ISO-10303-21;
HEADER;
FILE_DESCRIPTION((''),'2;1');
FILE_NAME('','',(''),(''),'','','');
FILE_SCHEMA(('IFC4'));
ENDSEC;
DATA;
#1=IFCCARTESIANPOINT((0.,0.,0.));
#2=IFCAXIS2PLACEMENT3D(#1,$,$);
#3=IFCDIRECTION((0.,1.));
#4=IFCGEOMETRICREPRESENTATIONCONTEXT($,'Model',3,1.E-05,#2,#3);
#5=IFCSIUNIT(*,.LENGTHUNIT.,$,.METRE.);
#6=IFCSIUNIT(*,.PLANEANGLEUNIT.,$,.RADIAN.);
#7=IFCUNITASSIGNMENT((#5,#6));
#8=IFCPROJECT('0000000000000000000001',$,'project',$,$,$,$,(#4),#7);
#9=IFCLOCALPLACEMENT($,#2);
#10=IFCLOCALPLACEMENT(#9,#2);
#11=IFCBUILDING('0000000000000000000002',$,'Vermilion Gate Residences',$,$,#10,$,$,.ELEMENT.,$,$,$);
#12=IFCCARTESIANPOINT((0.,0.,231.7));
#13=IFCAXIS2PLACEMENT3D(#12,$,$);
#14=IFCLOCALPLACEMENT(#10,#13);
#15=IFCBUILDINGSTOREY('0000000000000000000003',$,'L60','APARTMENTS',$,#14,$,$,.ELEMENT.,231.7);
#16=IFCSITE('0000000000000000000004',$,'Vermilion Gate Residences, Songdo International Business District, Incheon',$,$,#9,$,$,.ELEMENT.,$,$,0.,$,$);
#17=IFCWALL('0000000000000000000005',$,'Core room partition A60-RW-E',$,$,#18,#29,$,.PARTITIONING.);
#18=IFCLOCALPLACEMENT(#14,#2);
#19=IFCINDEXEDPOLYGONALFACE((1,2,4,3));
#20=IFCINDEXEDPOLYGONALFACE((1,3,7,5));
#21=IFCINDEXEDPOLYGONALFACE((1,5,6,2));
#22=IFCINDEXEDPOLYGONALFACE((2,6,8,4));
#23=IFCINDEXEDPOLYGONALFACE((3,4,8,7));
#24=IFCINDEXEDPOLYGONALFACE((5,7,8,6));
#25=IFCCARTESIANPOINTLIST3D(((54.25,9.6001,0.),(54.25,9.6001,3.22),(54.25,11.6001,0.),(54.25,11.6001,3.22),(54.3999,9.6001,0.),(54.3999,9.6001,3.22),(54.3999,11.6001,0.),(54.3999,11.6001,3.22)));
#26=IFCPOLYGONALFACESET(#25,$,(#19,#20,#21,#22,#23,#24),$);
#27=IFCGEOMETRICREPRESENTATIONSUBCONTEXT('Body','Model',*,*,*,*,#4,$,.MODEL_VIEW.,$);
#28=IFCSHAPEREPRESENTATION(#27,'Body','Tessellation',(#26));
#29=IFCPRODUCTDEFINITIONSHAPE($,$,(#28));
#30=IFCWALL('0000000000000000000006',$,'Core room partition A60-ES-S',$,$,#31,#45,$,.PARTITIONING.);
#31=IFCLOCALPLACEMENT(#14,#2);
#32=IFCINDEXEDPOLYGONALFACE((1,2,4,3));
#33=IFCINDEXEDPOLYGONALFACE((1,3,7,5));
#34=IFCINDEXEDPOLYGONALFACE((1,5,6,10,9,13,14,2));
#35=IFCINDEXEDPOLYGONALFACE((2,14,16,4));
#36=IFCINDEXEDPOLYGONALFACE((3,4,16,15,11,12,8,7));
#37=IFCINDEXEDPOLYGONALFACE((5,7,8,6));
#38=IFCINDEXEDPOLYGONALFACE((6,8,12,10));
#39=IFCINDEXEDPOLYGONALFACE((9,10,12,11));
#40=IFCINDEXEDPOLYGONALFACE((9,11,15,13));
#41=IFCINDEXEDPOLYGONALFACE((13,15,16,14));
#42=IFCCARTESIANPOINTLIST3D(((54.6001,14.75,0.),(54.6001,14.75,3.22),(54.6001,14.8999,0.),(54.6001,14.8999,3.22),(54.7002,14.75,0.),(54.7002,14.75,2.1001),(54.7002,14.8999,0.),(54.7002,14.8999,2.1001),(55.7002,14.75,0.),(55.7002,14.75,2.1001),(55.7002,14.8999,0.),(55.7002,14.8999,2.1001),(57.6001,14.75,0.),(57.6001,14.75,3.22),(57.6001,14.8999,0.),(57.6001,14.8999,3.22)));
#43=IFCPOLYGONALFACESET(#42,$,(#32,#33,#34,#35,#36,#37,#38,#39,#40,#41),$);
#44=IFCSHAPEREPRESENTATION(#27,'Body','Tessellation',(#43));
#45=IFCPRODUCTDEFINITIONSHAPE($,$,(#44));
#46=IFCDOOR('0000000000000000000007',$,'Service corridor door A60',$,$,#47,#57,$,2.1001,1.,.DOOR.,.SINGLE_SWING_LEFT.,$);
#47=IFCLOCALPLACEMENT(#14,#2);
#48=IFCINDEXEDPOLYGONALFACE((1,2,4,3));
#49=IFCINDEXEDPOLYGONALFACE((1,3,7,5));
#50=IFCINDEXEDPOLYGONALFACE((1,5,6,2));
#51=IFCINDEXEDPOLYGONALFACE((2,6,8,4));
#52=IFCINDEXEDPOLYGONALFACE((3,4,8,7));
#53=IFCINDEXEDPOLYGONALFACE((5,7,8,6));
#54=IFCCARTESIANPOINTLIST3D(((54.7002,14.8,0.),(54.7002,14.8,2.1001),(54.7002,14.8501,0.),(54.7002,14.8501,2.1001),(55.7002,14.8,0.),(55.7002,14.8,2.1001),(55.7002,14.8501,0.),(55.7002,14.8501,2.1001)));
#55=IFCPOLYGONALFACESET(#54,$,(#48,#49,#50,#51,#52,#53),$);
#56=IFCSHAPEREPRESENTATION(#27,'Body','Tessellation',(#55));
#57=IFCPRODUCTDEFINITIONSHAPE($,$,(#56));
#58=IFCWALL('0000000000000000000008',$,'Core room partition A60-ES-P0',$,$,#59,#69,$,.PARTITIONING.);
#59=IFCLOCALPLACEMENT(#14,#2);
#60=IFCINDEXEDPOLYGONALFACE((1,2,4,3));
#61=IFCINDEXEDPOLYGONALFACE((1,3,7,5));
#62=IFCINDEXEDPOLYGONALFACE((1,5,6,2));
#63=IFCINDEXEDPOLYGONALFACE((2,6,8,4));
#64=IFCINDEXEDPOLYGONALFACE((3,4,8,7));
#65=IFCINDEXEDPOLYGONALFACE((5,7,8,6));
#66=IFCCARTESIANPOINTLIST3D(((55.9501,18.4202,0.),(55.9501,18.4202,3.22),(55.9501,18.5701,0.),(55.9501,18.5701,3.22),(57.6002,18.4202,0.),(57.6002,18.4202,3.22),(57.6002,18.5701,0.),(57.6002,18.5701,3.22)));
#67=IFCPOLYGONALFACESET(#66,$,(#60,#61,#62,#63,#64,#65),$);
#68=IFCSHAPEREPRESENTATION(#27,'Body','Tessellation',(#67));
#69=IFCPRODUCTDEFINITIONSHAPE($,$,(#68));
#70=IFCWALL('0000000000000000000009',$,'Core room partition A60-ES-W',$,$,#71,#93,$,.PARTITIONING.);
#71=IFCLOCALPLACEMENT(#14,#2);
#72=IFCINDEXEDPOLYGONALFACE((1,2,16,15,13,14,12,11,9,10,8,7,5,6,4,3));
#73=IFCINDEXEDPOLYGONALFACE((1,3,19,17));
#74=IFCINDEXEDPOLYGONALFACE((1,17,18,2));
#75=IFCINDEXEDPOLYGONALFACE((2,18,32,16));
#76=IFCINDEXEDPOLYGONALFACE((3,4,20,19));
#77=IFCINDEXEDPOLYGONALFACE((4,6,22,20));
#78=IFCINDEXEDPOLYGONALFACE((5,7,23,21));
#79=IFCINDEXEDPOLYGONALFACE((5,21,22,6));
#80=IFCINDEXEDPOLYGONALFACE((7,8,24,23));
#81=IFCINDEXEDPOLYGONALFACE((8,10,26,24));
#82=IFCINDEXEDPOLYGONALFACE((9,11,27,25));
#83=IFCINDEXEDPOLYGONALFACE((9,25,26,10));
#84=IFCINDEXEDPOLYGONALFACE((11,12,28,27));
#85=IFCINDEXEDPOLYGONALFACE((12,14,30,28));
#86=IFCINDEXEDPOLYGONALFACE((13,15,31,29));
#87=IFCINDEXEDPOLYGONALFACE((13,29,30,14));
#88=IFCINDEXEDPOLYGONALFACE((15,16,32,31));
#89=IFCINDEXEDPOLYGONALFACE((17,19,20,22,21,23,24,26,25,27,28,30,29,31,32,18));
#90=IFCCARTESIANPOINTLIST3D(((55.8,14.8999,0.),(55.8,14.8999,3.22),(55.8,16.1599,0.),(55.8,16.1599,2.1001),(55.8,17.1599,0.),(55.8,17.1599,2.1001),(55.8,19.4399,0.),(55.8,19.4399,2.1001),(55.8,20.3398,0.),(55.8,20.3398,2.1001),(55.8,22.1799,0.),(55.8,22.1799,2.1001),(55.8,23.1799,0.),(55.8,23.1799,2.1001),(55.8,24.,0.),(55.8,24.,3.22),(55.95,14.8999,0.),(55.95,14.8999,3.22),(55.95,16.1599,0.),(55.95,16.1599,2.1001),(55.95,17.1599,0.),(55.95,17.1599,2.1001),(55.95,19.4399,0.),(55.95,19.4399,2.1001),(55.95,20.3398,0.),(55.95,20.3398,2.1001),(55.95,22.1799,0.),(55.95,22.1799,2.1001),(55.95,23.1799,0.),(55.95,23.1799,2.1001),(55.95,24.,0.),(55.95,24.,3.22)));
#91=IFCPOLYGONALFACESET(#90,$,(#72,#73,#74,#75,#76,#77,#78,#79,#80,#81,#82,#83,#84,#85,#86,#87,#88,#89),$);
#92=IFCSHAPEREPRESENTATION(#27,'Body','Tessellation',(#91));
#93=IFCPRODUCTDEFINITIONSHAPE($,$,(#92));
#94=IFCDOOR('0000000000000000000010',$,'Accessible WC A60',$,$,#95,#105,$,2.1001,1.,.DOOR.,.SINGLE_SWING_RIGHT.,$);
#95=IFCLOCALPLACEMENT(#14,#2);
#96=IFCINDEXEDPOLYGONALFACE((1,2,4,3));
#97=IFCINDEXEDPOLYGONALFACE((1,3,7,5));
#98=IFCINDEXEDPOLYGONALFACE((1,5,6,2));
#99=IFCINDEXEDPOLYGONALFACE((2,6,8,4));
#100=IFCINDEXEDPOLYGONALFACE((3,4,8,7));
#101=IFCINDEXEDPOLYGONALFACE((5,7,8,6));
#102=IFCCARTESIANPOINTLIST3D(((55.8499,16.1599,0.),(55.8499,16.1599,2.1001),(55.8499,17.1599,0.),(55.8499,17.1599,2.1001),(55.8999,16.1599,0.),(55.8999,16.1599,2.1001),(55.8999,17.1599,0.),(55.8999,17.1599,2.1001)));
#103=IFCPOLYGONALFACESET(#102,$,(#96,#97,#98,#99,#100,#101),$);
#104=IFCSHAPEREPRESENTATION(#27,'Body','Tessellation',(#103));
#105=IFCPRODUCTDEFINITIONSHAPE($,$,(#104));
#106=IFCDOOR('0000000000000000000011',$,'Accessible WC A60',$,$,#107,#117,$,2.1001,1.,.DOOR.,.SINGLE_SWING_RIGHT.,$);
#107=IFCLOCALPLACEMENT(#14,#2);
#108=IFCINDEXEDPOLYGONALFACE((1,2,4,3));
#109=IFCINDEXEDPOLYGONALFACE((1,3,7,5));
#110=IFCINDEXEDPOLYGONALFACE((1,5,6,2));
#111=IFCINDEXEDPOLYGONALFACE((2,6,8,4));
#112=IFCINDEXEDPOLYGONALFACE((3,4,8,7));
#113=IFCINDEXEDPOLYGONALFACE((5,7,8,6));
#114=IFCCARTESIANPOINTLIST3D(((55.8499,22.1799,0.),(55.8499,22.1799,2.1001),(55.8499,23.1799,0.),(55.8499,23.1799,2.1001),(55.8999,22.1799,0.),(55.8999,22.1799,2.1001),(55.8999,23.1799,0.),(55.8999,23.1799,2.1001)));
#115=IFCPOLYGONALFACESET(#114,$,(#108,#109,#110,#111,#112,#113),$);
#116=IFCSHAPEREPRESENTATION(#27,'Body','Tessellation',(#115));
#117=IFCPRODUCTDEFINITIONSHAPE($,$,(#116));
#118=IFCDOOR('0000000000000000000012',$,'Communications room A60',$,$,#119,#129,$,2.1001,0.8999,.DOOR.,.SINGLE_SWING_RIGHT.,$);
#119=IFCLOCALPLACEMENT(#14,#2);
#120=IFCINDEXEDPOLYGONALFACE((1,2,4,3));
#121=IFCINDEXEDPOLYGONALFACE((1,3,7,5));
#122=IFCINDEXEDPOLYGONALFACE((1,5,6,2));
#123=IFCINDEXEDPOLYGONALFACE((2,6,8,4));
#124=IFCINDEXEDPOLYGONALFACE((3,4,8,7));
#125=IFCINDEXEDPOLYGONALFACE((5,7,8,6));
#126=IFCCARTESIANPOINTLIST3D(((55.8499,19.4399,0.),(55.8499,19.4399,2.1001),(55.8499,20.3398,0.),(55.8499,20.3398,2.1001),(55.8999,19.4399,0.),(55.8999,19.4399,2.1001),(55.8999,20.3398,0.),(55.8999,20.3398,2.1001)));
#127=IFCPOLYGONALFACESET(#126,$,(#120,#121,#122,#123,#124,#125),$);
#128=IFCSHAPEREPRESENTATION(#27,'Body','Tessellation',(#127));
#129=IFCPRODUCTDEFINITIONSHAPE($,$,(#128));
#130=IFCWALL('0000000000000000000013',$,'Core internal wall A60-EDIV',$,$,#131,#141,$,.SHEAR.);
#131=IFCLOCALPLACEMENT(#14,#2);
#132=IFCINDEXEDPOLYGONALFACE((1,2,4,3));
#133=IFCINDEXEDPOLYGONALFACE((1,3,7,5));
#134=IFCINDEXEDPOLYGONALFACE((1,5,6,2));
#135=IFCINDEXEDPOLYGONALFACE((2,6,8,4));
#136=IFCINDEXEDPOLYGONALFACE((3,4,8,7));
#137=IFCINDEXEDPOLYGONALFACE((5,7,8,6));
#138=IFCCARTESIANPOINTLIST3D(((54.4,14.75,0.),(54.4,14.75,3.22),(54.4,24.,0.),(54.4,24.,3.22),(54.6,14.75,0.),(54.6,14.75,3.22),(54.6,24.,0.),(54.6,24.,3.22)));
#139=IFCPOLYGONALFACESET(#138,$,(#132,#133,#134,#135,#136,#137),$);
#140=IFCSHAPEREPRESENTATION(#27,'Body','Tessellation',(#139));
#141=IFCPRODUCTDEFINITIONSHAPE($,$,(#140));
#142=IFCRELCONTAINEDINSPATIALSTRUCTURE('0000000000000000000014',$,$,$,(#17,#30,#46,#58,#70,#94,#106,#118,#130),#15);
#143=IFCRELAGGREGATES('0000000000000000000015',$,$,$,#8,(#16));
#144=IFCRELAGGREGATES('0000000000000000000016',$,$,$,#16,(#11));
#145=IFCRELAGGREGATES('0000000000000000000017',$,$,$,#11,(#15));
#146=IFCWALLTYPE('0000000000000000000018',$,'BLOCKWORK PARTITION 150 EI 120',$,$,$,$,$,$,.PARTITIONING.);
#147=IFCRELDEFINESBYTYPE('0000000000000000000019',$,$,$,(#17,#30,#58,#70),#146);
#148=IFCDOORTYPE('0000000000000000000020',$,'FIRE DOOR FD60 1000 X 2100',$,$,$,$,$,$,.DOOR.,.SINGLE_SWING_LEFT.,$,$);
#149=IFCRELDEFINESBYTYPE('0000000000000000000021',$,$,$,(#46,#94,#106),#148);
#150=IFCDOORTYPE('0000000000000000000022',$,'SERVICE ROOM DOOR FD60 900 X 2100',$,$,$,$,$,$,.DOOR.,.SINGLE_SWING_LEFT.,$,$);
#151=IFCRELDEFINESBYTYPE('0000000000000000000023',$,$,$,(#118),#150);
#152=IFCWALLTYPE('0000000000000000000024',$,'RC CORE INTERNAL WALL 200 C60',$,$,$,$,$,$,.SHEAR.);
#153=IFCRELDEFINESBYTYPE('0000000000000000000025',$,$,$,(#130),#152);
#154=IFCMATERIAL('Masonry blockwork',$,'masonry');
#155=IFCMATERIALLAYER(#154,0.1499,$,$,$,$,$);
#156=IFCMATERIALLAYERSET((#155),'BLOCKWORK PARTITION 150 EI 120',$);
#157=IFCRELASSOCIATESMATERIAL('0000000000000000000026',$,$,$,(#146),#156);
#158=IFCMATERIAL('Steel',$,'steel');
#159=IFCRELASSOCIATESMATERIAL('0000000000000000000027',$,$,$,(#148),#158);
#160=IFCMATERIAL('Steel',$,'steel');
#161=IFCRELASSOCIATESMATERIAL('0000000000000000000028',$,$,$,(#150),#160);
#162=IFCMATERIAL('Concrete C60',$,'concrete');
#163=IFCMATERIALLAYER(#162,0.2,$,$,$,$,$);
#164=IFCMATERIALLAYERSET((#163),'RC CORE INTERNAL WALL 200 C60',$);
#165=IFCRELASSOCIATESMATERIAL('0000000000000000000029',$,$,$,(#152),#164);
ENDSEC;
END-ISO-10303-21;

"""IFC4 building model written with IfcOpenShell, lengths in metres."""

from ifc_helpers import new_model, si_unit, direction, frame, frame_2d, origin, place, context, subcontext, project, spatial, rectangle, extrude, material, layer, layer_set, type_object, element, fill, save


model = new_model("IFC4")

# Units and contexts
model_context = context("Model", 3, precision=1e-05, world=origin(), true_north=direction((0.0, 1.0)))
body_context = subcontext(model_context, "Body", "Model", "MODEL_VIEW")
ifc_project = project(units=[si_unit("LENGTHUNIT", "METRE"), si_unit("PLANEANGLEUNIT", "RADIAN")], contexts=[model_context])

# Site, building, storey
site_placement = place(None, origin())
site = spatial("IfcSite", under=ifc_project, at=site_placement, Name="Vermilion Gate Residences, Songdo International Business District, Incheon", CompositionType="ELEMENT", RefElevation=0.0)
building_placement = place(site_placement, origin())
building = spatial("IfcBuilding", under=site, at=building_placement, Name="Vermilion Gate Residences", CompositionType="ELEMENT")
storey_placement = place(building_placement, frame((0.0, 0.0, 231.7)))
storey = spatial("IfcBuildingStorey", under=building, at=storey_placement, Name="L60", Description="APARTMENTS", CompositionType="ELEMENT", Elevation=231.7)

# Wall
ifc_material_1 = material(Name="Masonry blockwork", Category="masonry")
ifc_layer_1 = layer(ifc_material_1, 0.1499)
ifc_layer_set_1 = layer_set([ifc_layer_1], Name="BLOCKWORK PARTITION 150 EI 120")
wall_type_1 = type_object("IfcWallType", Name="BLOCKWORK PARTITION 150 EI 120", PredefinedType="PARTITIONING", material=ifc_layer_set_1)
wall_1_placement = place(storey_placement, frame((54.325, 9.6001, 0.0), z_axis=(0.0, 0.0, 1.0), x_axis=(0.0, 1.0, 0.0)))
element("IfcWall", 1, at=wall_1_placement, inside=storey, type_object=wall_type_1, Name="Core room partition A60-RW-E", PredefinedType="PARTITIONING", context=body_context, shape_type="SweptSolid", body=[
    extrude(rectangle(XDim=2.0, YDim=0.1499, at=frame_2d((1.0, 0.0))), origin(), (0.0, 0.0, 1.0), 3.22),
])

# Wall, opening, door
wall_2_placement = place(storey_placement, frame((54.6001, 14.825, 0.0), z_axis=(0.0, 0.0, 1.0), x_axis=(1.0, 0.0, 0.0)))
wall_2 = element("IfcWall", 2, at=wall_2_placement, inside=storey, type_object=wall_type_1, Name="Core room partition A60-ES-S", PredefinedType="PARTITIONING", context=body_context, shape_type="SweptSolid", body=[
    extrude(rectangle(XDim=3.0, YDim=0.1499, at=frame_2d((1.5, 0.0))), origin(), (0.0, 0.0, 1.0), 3.22),
])
opening_1_placement = place(wall_2_placement, frame((0.1001, 0.0, 0.0)))
opening_1 = element("IfcOpeningElement", 3, at=opening_1_placement, cuts=wall_2, PredefinedType="OPENING", context=body_context, shape_type="SweptSolid", body=[
    extrude(rectangle(XDim=1.0, YDim=2.1001, at=frame_2d((0.5, 1.05))), frame((0.0, 0.085, 0.0), z_axis=(0.0, -1.0, 0.0), x_axis=(1.0, 0.0, 0.0)), (0.0, 0.0, 1.0), 0.1699),
])
ifc_material_2 = material(Name="Steel", Category="steel")
door_type_1 = type_object("IfcDoorType", Name="FIRE DOOR FD60 1000 X 2100", OperationType="SINGLE_SWING_LEFT", PredefinedType="DOOR", material=ifc_material_2)
door_1_placement = place(opening_1_placement, frame((1.0, 0.0, 0.0), z_axis=(0.0, 0.0, 1.0), x_axis=(-1.0, 0.0, 0.0)))
door_1 = element("IfcDoor", 4, at=door_1_placement, inside=storey, type_object=door_type_1, Name="Service corridor door A60", OperationType="SINGLE_SWING_LEFT", OverallHeight=2.1001, OverallWidth=1.0, PredefinedType="DOOR", context=body_context, shape_type="SweptSolid", body=[
    extrude(rectangle(XDim=1.0, YDim=2.1001, at=frame_2d((0.5, 1.05))), frame((0.0, 0.0249, 0.0), z_axis=(0.0, -1.0, 0.0), x_axis=(1.0, 0.0, 0.0)), (0.0, 0.0, 1.0), 0.05),
])
fill(opening_1, door_1)

# Wall
wall_3_placement = place(storey_placement, frame((55.95, 18.4951, 0.0), z_axis=(0.0, 0.0, 1.0), x_axis=(1.0, 0.0, 0.0)))
element("IfcWall", 5, at=wall_3_placement, inside=storey, type_object=wall_type_1, Name="Core room partition A60-ES-P0", PredefinedType="PARTITIONING", context=body_context, shape_type="SweptSolid", body=[
    extrude(rectangle(XDim=1.6501, YDim=0.1499, at=frame_2d((0.8252, 0.0))), origin(), (0.0, 0.0, 1.0), 3.22),
])

# Wall, openings, doors
wall_4_placement = place(storey_placement, frame((55.875, 14.8999, 0.0), z_axis=(0.0, 0.0, 1.0), x_axis=(0.0, 1.0, 0.0)))
wall_4 = element("IfcWall", 6, at=wall_4_placement, inside=storey, type_object=wall_type_1, Name="Core room partition A60-ES-W", PredefinedType="PARTITIONING", context=body_context, shape_type="SweptSolid", body=[
    extrude(rectangle(XDim=9.1001, YDim=0.1499, at=frame_2d((4.55, 0.0))), origin(), (0.0, 0.0, 1.0), 3.22),
])
opening_2_placement = place(wall_4_placement, frame((1.26, 0.0, 0.0)))
opening_2 = element("IfcOpeningElement", 7, at=opening_2_placement, cuts=wall_4, PredefinedType="OPENING", context=body_context, shape_type="SweptSolid", body=[
    extrude(rectangle(XDim=1.0, YDim=2.1001, at=frame_2d((0.5, 1.05))), frame((0.0, 0.085, 0.0), z_axis=(0.0, -1.0, 0.0), x_axis=(1.0, 0.0, 0.0)), (0.0, 0.0, 1.0), 0.1699),
])
opening_3_placement = place(wall_4_placement, frame((4.54, 0.0, 0.0)))
opening_3 = element("IfcOpeningElement", 8, at=opening_3_placement, cuts=wall_4, PredefinedType="OPENING", context=body_context, shape_type="SweptSolid", body=[
    extrude(rectangle(XDim=0.8999, YDim=2.1001, at=frame_2d((0.45, 1.05))), frame((0.0, 0.085, 0.0), z_axis=(0.0, -1.0, 0.0), x_axis=(1.0, 0.0, 0.0)), (0.0, 0.0, 1.0), 0.1699),
])
opening_4_placement = place(wall_4_placement, frame((7.28, 0.0, 0.0)))
opening_4 = element("IfcOpeningElement", 9, at=opening_4_placement, cuts=wall_4, PredefinedType="OPENING", context=body_context, shape_type="SweptSolid", body=[
    extrude(rectangle(XDim=1.0, YDim=2.1001, at=frame_2d((0.5, 1.05))), frame((0.0, 0.085, 0.0), z_axis=(0.0, -1.0, 0.0), x_axis=(1.0, 0.0, 0.0)), (0.0, 0.0, 1.0), 0.1699),
])
door_2_placement = place(opening_2_placement, frame((1.0, 0.0, 0.0), z_axis=(0.0, 0.0, 1.0), x_axis=(-1.0, 0.0, 0.0)))
door_2 = element("IfcDoor", 10, at=door_2_placement, inside=storey, type_object=door_type_1, Name="Accessible WC A60", OperationType="SINGLE_SWING_RIGHT", OverallHeight=2.1001, OverallWidth=1.0, PredefinedType="DOOR", context=body_context, shape_type="SweptSolid", body=[
    extrude(rectangle(XDim=1.0, YDim=2.1001, at=frame_2d((0.5, 1.05))), frame((0.0, 0.0249, 0.0), z_axis=(0.0, -1.0, 0.0), x_axis=(1.0, 0.0, 0.0)), (0.0, 0.0, 1.0), 0.05),
])
fill(opening_2, door_2)
door_3_placement = place(opening_4_placement, frame((1.0, 0.0, 0.0), z_axis=(0.0, 0.0, 1.0), x_axis=(-1.0, 0.0, 0.0)))
door_3 = element("IfcDoor", 11, at=door_3_placement, inside=storey, type_object=door_type_1, Name="Accessible WC A60", OperationType="SINGLE_SWING_RIGHT", OverallHeight=2.1001, OverallWidth=1.0, PredefinedType="DOOR", context=body_context, shape_type="SweptSolid", body=[
    extrude(rectangle(XDim=1.0, YDim=2.1001, at=frame_2d((0.5, 1.05))), frame((0.0, 0.0249, 0.0), z_axis=(0.0, -1.0, 0.0), x_axis=(1.0, 0.0, 0.0)), (0.0, 0.0, 1.0), 0.05),
])
fill(opening_4, door_3)
ifc_material_3 = material(Name="Steel", Category="steel")
door_type_2 = type_object("IfcDoorType", Name="SERVICE ROOM DOOR FD60 900 X 2100", OperationType="SINGLE_SWING_LEFT", PredefinedType="DOOR", material=ifc_material_3)
door_4_placement = place(opening_3_placement, frame((0.8999, 0.0, 0.0), z_axis=(0.0, 0.0, 1.0), x_axis=(-1.0, 0.0, 0.0)))
door_4 = element("IfcDoor", 12, at=door_4_placement, inside=storey, type_object=door_type_2, Name="Communications room A60", OperationType="SINGLE_SWING_RIGHT", OverallHeight=2.1001, OverallWidth=0.8999, PredefinedType="DOOR", context=body_context, shape_type="SweptSolid", body=[
    extrude(rectangle(XDim=0.8999, YDim=2.1001, at=frame_2d((0.45, 1.05))), frame((0.0, 0.0249, 0.0), z_axis=(0.0, -1.0, 0.0), x_axis=(1.0, 0.0, 0.0)), (0.0, 0.0, 1.0), 0.05),
])
fill(opening_3, door_4)

# Wall
ifc_material_4 = material(Name="Concrete C60", Category="concrete")
ifc_layer_2 = layer(ifc_material_4, 0.2)
ifc_layer_set_2 = layer_set([ifc_layer_2], Name="RC CORE INTERNAL WALL 200 C60")
wall_type_2 = type_object("IfcWallType", Name="RC CORE INTERNAL WALL 200 C60", PredefinedType="SHEAR", material=ifc_layer_set_2)
wall_5_placement = place(storey_placement, frame((54.5, 14.75, 0.0), z_axis=(0.0, 0.0, 1.0), x_axis=(0.0, 1.0, 0.0)))
element("IfcWall", 13, at=wall_5_placement, inside=storey, type_object=wall_type_2, Name="Core internal wall A60-EDIV", PredefinedType="SHEAR", context=body_context, shape_type="SweptSolid", body=[
    extrude(rectangle(XDim=9.25, YDim=0.2, at=frame_2d((4.625, 0.0))), origin(), (0.0, 0.0, 1.0), 3.22),
])

save(model, "model.ifc")
